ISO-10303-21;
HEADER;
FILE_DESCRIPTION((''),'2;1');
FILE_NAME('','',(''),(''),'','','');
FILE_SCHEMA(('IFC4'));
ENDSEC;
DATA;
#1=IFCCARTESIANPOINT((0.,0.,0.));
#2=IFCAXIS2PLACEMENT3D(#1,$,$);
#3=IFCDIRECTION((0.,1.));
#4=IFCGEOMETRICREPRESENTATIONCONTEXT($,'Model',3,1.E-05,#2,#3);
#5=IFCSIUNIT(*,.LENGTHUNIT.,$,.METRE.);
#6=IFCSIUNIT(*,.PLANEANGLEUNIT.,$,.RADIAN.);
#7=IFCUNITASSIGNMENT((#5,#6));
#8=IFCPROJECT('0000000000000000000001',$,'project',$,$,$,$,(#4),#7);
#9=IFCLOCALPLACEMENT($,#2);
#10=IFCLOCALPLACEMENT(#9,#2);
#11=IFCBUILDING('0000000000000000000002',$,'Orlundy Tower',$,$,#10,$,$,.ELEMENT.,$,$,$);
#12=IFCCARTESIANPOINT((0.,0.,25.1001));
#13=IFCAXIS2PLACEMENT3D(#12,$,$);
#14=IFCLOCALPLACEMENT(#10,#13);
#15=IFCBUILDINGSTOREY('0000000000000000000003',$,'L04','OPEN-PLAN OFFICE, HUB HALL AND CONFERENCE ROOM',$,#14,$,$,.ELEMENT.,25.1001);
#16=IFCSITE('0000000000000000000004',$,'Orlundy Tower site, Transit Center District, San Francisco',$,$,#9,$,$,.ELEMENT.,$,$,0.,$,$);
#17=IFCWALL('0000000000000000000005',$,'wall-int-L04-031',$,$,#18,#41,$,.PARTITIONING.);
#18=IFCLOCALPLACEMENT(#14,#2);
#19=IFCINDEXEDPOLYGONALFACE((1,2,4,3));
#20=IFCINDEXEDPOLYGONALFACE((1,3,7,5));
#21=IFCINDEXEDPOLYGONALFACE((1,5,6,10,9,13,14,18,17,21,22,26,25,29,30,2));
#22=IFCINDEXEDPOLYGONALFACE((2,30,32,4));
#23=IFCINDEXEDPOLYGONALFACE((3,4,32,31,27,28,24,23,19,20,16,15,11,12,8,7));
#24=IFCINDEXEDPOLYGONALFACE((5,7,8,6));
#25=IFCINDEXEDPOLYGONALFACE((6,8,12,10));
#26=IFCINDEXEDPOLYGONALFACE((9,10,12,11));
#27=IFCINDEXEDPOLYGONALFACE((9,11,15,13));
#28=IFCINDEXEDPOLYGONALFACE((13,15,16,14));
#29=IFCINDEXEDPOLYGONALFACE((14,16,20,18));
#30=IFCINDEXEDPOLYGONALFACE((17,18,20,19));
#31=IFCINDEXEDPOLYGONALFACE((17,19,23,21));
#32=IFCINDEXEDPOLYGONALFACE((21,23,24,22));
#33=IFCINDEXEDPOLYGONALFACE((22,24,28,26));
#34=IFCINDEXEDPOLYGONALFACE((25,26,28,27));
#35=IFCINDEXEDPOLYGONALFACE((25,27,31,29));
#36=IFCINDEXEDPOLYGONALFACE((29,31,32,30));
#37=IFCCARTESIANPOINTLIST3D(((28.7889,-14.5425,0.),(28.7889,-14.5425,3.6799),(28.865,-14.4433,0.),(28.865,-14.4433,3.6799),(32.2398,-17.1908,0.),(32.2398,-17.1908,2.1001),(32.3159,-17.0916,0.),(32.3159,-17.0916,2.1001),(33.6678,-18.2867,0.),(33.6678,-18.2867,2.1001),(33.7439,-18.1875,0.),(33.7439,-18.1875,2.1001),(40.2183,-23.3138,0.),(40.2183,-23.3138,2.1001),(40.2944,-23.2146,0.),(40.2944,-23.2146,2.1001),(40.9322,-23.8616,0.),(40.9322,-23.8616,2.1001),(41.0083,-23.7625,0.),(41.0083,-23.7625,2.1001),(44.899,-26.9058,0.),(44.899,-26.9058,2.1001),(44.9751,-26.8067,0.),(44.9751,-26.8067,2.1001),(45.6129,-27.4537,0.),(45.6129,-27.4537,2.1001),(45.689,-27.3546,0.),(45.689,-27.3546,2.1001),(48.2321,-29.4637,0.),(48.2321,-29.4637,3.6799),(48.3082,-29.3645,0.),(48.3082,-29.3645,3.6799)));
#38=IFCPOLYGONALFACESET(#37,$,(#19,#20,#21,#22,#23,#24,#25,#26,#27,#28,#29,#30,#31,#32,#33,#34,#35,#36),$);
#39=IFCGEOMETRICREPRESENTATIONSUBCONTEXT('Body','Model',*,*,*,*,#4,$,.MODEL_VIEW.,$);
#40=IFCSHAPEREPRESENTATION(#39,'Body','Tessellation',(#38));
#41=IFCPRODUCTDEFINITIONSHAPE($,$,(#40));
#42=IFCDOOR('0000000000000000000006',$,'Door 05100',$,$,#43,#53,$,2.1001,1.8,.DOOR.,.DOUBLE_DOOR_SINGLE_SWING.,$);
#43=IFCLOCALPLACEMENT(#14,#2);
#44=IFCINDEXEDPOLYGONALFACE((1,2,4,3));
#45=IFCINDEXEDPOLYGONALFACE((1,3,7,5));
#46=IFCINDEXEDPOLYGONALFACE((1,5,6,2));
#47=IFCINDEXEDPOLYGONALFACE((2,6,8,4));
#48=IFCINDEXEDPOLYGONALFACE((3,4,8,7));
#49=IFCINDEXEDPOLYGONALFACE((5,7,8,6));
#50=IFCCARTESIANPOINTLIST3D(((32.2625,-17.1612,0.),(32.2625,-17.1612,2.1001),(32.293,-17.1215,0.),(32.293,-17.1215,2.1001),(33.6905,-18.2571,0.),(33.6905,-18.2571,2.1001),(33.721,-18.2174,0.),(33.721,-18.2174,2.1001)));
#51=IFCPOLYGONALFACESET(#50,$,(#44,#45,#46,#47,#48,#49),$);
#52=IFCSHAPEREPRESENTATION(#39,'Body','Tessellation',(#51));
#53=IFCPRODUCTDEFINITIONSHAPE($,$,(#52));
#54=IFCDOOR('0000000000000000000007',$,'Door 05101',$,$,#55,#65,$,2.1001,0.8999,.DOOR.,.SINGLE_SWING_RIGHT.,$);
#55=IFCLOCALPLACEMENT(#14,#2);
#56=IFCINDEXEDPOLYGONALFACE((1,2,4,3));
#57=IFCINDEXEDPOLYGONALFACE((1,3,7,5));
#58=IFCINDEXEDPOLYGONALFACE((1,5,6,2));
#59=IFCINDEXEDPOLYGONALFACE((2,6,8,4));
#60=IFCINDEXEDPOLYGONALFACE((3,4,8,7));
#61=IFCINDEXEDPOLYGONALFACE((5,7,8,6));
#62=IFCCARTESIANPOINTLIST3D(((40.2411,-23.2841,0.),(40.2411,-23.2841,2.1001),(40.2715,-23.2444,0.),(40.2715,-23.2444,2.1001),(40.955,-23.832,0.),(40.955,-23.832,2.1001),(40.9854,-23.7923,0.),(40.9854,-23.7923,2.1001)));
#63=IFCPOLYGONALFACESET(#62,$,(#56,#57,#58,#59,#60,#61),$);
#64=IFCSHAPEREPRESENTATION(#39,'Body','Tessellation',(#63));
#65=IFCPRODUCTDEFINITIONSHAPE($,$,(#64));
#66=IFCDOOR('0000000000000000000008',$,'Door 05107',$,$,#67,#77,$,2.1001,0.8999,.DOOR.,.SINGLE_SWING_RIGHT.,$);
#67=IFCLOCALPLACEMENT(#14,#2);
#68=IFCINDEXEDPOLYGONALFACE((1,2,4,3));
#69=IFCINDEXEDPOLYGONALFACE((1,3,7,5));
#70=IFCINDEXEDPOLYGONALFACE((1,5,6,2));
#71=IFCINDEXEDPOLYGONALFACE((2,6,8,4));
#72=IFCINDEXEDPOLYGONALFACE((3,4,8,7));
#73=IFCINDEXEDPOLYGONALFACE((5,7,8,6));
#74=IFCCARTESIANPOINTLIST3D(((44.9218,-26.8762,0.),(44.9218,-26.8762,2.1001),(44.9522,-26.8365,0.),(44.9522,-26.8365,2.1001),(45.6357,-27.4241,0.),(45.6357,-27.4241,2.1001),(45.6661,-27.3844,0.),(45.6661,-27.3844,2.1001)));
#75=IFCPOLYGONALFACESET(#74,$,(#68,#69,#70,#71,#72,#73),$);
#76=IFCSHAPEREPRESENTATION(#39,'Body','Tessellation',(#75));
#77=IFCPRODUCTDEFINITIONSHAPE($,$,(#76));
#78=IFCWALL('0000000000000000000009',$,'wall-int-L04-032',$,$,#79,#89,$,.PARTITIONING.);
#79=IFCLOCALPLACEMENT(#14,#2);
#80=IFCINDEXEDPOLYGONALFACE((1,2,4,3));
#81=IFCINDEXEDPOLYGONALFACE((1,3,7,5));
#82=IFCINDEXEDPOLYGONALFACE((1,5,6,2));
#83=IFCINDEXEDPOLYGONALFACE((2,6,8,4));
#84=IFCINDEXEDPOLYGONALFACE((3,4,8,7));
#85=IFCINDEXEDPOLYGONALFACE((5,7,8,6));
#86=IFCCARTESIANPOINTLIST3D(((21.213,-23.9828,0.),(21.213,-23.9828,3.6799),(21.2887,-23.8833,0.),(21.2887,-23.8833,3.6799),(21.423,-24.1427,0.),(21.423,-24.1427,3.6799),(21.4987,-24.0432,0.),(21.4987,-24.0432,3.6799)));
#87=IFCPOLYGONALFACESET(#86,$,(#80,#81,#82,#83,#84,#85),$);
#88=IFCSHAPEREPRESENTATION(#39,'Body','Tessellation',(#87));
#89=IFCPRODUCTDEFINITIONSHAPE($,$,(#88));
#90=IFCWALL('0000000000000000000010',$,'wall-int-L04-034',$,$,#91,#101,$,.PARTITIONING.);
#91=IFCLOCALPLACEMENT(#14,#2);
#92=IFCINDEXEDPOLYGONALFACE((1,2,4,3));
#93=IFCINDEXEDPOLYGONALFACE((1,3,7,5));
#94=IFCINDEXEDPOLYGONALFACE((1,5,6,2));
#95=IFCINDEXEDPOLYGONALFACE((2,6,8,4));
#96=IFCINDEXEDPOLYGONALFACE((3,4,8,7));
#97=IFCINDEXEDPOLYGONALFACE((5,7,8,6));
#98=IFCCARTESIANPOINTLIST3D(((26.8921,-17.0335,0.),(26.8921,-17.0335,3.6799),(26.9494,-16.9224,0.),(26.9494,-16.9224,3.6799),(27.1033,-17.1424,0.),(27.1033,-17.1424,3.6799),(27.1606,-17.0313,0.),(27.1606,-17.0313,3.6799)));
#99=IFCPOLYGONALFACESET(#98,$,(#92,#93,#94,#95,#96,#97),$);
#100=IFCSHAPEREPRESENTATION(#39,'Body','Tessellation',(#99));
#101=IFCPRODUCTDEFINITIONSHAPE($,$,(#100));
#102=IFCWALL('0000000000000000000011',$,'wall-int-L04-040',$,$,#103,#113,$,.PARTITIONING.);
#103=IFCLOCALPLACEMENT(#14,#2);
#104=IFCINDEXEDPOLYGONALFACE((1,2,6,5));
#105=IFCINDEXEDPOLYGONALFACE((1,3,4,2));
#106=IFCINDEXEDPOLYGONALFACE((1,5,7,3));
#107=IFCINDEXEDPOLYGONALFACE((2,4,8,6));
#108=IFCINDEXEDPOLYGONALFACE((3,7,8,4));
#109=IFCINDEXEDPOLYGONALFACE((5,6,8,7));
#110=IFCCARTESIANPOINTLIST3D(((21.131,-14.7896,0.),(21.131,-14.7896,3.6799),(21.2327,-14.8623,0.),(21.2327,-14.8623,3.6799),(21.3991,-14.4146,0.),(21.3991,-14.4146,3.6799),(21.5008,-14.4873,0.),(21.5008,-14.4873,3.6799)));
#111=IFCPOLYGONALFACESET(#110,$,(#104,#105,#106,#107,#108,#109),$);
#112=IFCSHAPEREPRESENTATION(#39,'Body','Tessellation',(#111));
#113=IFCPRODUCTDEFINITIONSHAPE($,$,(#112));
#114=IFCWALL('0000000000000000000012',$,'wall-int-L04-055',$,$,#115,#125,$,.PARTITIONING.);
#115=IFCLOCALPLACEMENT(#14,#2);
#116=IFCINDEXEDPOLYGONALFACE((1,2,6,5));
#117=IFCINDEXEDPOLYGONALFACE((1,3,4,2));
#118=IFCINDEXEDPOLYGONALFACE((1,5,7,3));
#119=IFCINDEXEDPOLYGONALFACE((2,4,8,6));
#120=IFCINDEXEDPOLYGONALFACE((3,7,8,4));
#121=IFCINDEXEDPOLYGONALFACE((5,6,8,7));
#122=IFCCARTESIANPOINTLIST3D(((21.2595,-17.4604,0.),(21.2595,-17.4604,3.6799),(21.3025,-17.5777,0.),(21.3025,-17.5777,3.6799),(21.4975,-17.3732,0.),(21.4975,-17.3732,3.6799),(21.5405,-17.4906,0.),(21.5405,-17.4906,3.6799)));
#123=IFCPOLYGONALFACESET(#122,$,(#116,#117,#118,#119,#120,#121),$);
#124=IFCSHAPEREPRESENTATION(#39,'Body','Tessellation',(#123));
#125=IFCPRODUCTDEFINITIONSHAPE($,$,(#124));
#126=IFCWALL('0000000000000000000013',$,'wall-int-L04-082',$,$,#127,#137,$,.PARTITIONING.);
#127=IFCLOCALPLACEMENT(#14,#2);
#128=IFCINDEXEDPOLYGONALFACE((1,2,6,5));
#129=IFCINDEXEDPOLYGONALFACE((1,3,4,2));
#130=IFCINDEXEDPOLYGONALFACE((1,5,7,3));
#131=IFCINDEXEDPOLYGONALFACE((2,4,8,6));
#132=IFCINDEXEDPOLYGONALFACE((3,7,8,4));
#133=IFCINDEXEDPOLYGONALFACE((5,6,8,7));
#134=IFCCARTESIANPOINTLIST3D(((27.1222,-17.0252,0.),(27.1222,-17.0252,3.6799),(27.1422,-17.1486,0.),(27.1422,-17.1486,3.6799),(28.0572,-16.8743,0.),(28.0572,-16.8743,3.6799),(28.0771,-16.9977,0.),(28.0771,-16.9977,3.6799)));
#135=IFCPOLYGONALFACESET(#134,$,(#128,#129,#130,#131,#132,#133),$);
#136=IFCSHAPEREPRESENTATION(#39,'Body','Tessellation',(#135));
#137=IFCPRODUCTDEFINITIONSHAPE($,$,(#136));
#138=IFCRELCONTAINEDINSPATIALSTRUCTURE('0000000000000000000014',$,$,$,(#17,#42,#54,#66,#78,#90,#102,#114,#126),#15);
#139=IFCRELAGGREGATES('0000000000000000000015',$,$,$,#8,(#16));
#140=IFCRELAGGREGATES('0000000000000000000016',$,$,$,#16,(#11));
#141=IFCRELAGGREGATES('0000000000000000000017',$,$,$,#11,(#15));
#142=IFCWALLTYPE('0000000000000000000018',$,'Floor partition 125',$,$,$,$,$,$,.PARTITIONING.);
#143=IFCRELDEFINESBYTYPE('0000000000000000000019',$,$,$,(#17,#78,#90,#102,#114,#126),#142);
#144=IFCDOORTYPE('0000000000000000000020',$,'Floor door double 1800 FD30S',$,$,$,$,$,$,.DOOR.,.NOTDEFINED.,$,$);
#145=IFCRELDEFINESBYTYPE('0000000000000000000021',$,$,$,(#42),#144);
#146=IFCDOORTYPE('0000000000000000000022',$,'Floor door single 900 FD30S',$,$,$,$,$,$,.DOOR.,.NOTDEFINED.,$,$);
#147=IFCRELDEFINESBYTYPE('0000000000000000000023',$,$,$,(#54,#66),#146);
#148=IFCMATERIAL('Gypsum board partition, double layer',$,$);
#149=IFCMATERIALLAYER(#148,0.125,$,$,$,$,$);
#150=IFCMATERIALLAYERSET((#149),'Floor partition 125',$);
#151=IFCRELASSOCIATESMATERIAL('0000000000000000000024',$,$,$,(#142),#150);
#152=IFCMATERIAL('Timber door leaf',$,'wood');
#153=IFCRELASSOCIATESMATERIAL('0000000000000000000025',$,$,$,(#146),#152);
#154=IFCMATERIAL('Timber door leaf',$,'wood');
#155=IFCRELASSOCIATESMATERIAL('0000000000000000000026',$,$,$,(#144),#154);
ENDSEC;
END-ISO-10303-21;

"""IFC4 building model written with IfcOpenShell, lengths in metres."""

from ifc_helpers import new_model, si_unit, direction, frame, frame_2d, origin, place, context, subcontext, project, spatial, rectangle, extrude, material, layer, layer_set, type_object, element, fill, save


model = new_model("IFC4")

# Units and contexts
model_context = context("Model", 3, precision=1e-05, world=origin(), true_north=direction((0.0, 1.0)))
body_context = subcontext(model_context, "Body", "Model", "MODEL_VIEW")
ifc_project = project(units=[si_unit("LENGTHUNIT", "METRE"), si_unit("PLANEANGLEUNIT", "RADIAN")], contexts=[model_context])

# Site, building, storey
site_placement = place(None, origin())
site = spatial("IfcSite", under=ifc_project, at=site_placement, Name="Orlundy Tower site, Transit Center District, San Francisco", CompositionType="ELEMENT", RefElevation=0.0)
building_placement = place(site_placement, origin())
building = spatial("IfcBuilding", under=site, at=building_placement, Name="Orlundy Tower", CompositionType="ELEMENT")
storey_placement = place(building_placement, frame((0.0, 0.0, 25.1001)))
storey = spatial("IfcBuildingStorey", under=building, at=storey_placement, Name="L04", Description="OPEN-PLAN OFFICE, HUB HALL AND CONFERENCE ROOM", CompositionType="ELEMENT", Elevation=25.1001)

# Shared definitions
ifc_material_1 = material(Name="Gypsum board partition, double layer")
ifc_layer_1 = layer(ifc_material_1, 0.125)
ifc_layer_set_1 = layer_set([ifc_layer_1], Name="Floor partition 125")
wall_type_1 = type_object("IfcWallType", Name="Floor partition 125", PredefinedType="PARTITIONING", material=ifc_layer_set_1)

# Wall, openings, doors
ifc_material_2 = material(Name="Timber door leaf", Category="wood")
door_type_1 = type_object("IfcDoorType", Name="Floor door single 900 FD30S", OperationType="NOTDEFINED", PredefinedType="DOOR", material=ifc_material_2)
wall_1_placement = place(storey_placement, frame((28.8269, -14.4929, 0.0), z_axis=(0.0, 0.0, 1.0), x_axis=(0.793316, -0.608811, 0.0)))
wall_1 = element("IfcWall", 1, at=wall_1_placement, inside=storey, type_object=wall_type_1, Name="wall-int-L04-031", PredefinedType="PARTITIONING", context=body_context, shape_type="SweptSolid", body=[
    extrude(rectangle(XDim=24.5088, YDim=0.125, at=frame_2d((12.2544, 0.0))), origin(), (0.0, 0.0, 1.0), 3.6799),
])
opening_1_placement = place(wall_1_placement, frame((4.3501, 0.0, 0.0)))
opening_1 = element("IfcOpeningElement", 2, at=opening_1_placement, cuts=wall_1, PredefinedType="OPENING", context=body_context, shape_type="SweptSolid", body=[
    extrude(rectangle(XDim=1.8, YDim=2.1001, at=frame_2d((0.8999, 1.05))), frame((0.0, 0.0725, 0.0), z_axis=(0.0, -1.0, 0.0), x_axis=(1.0, 0.0, 0.0)), (0.0, 0.0, 1.0), 0.145),
])
opening_2_placement = place(wall_1_placement, frame((14.4072, 0.0, 0.0)))
opening_2 = element("IfcOpeningElement", 3, at=opening_2_placement, cuts=wall_1, PredefinedType="OPENING", context=body_context, shape_type="SweptSolid", body=[
    extrude(rectangle(XDim=0.8999, YDim=2.1001, at=frame_2d((0.45, 1.05))), frame((0.0, 0.0725, 0.0), z_axis=(0.0, -1.0, 0.0), x_axis=(1.0, 0.0, 0.0)), (0.0, 0.0, 1.0), 0.145),
])
opening_3_placement = place(wall_1_placement, frame((20.3074, 0.0, 0.0)))
opening_3 = element("IfcOpeningElement", 4, at=opening_3_placement, cuts=wall_1, PredefinedType="OPENING", context=body_context, shape_type="SweptSolid", body=[
    extrude(rectangle(XDim=0.8999, YDim=2.1001, at=frame_2d((0.45, 1.05))), frame((0.0, 0.0725, 0.0), z_axis=(0.0, -1.0, 0.0), x_axis=(1.0, 0.0, 0.0)), (0.0, 0.0, 1.0), 0.145),
])
ifc_material_3 = material(Name="Timber door leaf", Category="wood")
door_type_2 = type_object("IfcDoorType", Name="Floor door double 1800 FD30S", OperationType="NOTDEFINED", PredefinedType="DOOR", material=ifc_material_3)
door_1_placement = place(opening_1_placement, origin())
door_1 = element("IfcDoor", 5, at=door_1_placement, inside=storey, type_object=door_type_2, Name="Door 05100", OperationType="DOUBLE_DOOR_SINGLE_SWING", OverallHeight=2.1001, OverallWidth=1.8, PredefinedType="DOOR", context=body_context, shape_type="SweptSolid", body=[
    extrude(rectangle(XDim=1.8, YDim=2.1001, at=frame_2d((0.8999, 1.05))), frame((0.0, 0.0249, 0.0), z_axis=(0.0, -1.0, 0.0), x_axis=(1.0, 0.0, 0.0)), (0.0, 0.0, 1.0), 0.05),
])
fill(opening_1, door_1)
door_2_placement = place(opening_2_placement, origin())
door_2 = element("IfcDoor", 6, at=door_2_placement, inside=storey, type_object=door_type_1, Name="Door 05101", OperationType="SINGLE_SWING_RIGHT", OverallHeight=2.1001, OverallWidth=0.8999, PredefinedType="DOOR", context=body_context, shape_type="SweptSolid", body=[
    extrude(rectangle(XDim=0.8999, YDim=2.1001, at=frame_2d((0.45, 1.05))), frame((0.0, 0.0249, 0.0), z_axis=(0.0, -1.0, 0.0), x_axis=(1.0, 0.0, 0.0)), (0.0, 0.0, 1.0), 0.05),
])
fill(opening_2, door_2)
door_3_placement = place(opening_3_placement, origin())
door_3 = element("IfcDoor", 7, at=door_3_placement, inside=storey, type_object=door_type_1, Name="Door 05107", OperationType="SINGLE_SWING_RIGHT", OverallHeight=2.1001, OverallWidth=0.8999, PredefinedType="DOOR", context=body_context, shape_type="SweptSolid", body=[
    extrude(rectangle(XDim=0.8999, YDim=2.1001, at=frame_2d((0.45, 1.05))), frame((0.0, 0.0249, 0.0), z_axis=(0.0, -1.0, 0.0), x_axis=(1.0, 0.0, 0.0)), (0.0, 0.0, 1.0), 0.05),
])
fill(opening_3, door_3)

# Walls
wall_2_placement = place(storey_placement, frame((21.251, -23.9331, 0.0), z_axis=(0.0, 0.0, 1.0), x_axis=(0.795538, -0.605904, 0.0)))
element("IfcWall", 8, at=wall_2_placement, inside=storey, type_object=wall_type_1, Name="wall-int-L04-032", PredefinedType="PARTITIONING", context=body_context, shape_type="SweptSolid", body=[
    extrude(rectangle(XDim=0.2639, YDim=0.125, at=frame_2d((0.1318, 0.0))), origin(), (0.0, 0.0, 1.0), 3.6799),
])
wall_3_placement = place(storey_placement, frame((26.9209, -16.978, 0.0), z_axis=(0.0, 0.0, 1.0), x_axis=(0.88881, -0.458276, 0.0)))
element("IfcWall", 9, at=wall_3_placement, inside=storey, type_object=wall_type_1, Name="wall-int-L04-034", PredefinedType="PARTITIONING", context=body_context, shape_type="SweptSolid", body=[
    extrude(rectangle(XDim=0.2375, YDim=0.125, at=frame_2d((0.1187, 0.0))), origin(), (0.0, 0.0, 1.0), 3.6799),
])
wall_4_placement = place(storey_placement, frame((21.1819, -14.8259, 0.0), z_axis=(0.0, 0.0, 1.0), x_axis=(0.581539, 0.813519, 0.0)))
element("IfcWall", 10, at=wall_4_placement, inside=storey, type_object=wall_type_1, Name="wall-int-L04-040", PredefinedType="PARTITIONING", context=body_context, shape_type="SweptSolid", body=[
    extrude(rectangle(XDim=0.4609, YDim=0.125, at=frame_2d((0.2305, 0.0))), origin(), (0.0, 0.0, 1.0), 3.6799),
])
wall_5_placement = place(storey_placement, frame((21.281, -17.519, 0.0), z_axis=(0.0, 0.0, 1.0), x_axis=(0.939032, 0.34383, 0.0)))
element("IfcWall", 11, at=wall_5_placement, inside=storey, type_object=wall_type_1, Name="wall-int-L04-055", PredefinedType="PARTITIONING", context=body_context, shape_type="SweptSolid", body=[
    extrude(rectangle(XDim=0.2534, YDim=0.125, at=frame_2d((0.1267, 0.0))), origin(), (0.0, 0.0, 1.0), 3.6799),
])
wall_6_placement = place(storey_placement, frame((27.1321, -17.0869, 0.0), z_axis=(0.0, 0.0, 1.0), x_axis=(0.987224, 0.159338, 0.0)))
element("IfcWall", 12, at=wall_6_placement, inside=storey, type_object=wall_type_1, Name="wall-int-L04-082", PredefinedType="PARTITIONING", context=body_context, shape_type="SweptSolid", body=[
    extrude(rectangle(XDim=0.947, YDim=0.125, at=frame_2d((0.4736, 0.0))), origin(), (0.0, 0.0, 1.0), 3.6799),
])

save(model, "model.ifc")
